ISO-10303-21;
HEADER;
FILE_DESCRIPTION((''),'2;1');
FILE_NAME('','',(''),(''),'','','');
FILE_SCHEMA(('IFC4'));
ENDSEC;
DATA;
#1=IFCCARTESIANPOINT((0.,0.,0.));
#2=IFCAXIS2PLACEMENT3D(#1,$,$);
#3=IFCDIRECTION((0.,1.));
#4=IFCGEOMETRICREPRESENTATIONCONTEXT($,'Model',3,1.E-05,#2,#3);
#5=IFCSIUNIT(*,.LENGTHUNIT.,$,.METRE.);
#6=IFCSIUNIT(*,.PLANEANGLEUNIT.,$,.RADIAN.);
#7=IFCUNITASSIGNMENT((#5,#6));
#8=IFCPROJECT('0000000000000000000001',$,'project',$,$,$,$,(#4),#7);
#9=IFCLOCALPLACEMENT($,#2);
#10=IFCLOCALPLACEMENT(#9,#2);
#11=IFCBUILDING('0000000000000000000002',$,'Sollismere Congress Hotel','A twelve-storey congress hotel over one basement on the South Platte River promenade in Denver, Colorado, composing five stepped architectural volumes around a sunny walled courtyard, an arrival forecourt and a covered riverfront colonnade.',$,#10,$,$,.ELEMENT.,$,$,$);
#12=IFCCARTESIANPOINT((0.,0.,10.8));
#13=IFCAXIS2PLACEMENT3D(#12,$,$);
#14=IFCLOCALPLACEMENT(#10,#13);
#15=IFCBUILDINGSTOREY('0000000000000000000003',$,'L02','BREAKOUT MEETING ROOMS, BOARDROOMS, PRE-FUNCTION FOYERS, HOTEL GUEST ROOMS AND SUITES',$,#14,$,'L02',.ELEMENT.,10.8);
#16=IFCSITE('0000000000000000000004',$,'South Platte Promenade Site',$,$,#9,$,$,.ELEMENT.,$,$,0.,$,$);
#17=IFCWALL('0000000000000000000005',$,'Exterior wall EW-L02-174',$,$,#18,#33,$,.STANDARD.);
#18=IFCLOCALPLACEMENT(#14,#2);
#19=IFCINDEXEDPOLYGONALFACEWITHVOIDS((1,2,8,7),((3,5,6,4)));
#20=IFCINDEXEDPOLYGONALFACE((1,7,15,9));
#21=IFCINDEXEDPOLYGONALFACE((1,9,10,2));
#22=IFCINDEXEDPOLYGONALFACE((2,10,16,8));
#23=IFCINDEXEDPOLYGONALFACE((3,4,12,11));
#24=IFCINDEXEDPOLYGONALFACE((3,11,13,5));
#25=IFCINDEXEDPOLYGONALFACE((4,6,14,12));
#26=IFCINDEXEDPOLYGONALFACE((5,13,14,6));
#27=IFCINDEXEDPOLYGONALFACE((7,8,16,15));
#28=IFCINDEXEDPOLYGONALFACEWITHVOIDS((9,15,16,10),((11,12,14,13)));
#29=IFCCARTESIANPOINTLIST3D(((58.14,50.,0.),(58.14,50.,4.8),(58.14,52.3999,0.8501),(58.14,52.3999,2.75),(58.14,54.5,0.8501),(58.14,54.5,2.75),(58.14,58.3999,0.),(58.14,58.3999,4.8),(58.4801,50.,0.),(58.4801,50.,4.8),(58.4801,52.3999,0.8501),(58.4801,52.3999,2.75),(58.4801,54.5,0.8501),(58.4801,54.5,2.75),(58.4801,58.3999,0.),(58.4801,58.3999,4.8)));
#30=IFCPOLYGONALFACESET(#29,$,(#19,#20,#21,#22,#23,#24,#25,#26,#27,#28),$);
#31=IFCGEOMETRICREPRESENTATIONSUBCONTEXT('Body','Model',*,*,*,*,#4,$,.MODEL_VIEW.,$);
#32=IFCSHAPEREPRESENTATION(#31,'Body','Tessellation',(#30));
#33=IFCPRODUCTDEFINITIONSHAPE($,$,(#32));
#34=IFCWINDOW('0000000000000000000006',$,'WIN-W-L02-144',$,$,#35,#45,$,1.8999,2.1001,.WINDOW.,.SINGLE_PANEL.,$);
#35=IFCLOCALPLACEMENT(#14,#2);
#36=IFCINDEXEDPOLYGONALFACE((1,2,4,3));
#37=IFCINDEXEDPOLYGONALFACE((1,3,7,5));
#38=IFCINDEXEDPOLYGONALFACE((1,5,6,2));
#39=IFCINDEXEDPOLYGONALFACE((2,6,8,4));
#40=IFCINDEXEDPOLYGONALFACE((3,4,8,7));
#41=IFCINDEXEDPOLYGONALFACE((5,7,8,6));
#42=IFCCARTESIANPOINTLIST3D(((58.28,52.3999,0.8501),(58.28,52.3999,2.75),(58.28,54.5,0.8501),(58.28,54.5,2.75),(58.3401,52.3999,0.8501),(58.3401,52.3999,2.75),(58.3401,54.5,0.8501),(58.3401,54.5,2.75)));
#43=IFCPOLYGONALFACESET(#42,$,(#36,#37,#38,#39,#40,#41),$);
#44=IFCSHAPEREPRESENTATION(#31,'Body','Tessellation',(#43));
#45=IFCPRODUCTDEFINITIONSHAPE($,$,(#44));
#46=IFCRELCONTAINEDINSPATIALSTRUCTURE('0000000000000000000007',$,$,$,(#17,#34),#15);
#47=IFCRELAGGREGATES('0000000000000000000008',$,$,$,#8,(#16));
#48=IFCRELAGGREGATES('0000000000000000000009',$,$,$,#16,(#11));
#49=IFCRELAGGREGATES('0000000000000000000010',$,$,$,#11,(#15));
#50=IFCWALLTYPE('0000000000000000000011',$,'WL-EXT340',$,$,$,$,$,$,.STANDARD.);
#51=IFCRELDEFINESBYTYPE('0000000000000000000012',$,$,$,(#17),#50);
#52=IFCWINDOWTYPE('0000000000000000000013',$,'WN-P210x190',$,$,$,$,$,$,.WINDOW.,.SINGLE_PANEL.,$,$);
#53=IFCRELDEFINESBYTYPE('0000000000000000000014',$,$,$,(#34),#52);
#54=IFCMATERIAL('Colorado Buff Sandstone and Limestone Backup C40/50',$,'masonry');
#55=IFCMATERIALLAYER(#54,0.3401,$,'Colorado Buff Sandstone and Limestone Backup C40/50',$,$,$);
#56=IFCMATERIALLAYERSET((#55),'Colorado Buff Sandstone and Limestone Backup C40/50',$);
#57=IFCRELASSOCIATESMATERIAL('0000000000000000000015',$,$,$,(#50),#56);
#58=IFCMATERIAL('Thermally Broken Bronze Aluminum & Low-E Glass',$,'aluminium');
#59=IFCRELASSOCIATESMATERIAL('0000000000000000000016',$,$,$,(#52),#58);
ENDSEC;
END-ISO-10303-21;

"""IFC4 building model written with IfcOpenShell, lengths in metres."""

from ifc_helpers import new_model, si_unit, direction, frame, frame_2d, origin, place, context, subcontext, project, spatial, rectangle, extrude, material, layer, layer_set, type_object, element, fill, save


model = new_model("IFC4")

# Units and contexts
model_context = context("Model", 3, precision=1e-05, world=origin(), true_north=direction((0.0, 1.0)))
body_context = subcontext(model_context, "Body", "Model", "MODEL_VIEW")
ifc_project = project(units=[si_unit("LENGTHUNIT", "METRE"), si_unit("PLANEANGLEUNIT", "RADIAN")], contexts=[model_context])

# Site, building, storey
site_placement = place(None, origin())
site = spatial("IfcSite", under=ifc_project, at=site_placement, Name="South Platte Promenade Site", CompositionType="ELEMENT", RefElevation=0.0)
building_placement = place(site_placement, origin())
building = spatial("IfcBuilding", under=site, at=building_placement, Name="Sollismere Congress Hotel", Description="A twelve-storey congress hotel over one basement on the South Platte River promenade in Denver, Colorado, composing five stepped architectural volumes around a sunny walled courtyard, an arrival forecourt and a covered riverfront colonnade.", CompositionType="ELEMENT")
storey_placement = place(building_placement, frame((0.0, 0.0, 10.8)))
storey = spatial("IfcBuildingStorey", under=building, at=storey_placement, Name="L02", Description="BREAKOUT MEETING ROOMS, BOARDROOMS, PRE-FUNCTION FOYERS, HOTEL GUEST ROOMS AND SUITES", LongName="L02", CompositionType="ELEMENT", Elevation=10.8)

# Wall, opening, window
ifc_material_1 = material(Name="Colorado Buff Sandstone and Limestone Backup C40/50", Category="masonry")
ifc_layer_1 = layer(ifc_material_1, 0.3401, Name="Colorado Buff Sandstone and Limestone Backup C40/50")
ifc_layer_set_1 = layer_set([ifc_layer_1], Name="Colorado Buff Sandstone and Limestone Backup C40/50")
wall_type = type_object("IfcWallType", Name="WL-EXT340", PredefinedType="STANDARD", material=ifc_layer_set_1)
ifc_material_2 = material(Name="Thermally Broken Bronze Aluminum & Low-E Glass", Category="aluminium")
window_type = type_object("IfcWindowType", Name="WN-P210x190", PartitioningType="SINGLE_PANEL", PredefinedType="WINDOW", material=ifc_material_2)
wall_1_placement = place(storey_placement, frame((58.3101, 50.0, 0.0), z_axis=(0.0, 0.0, 1.0), x_axis=(0.0, 1.0, 0.0)))
wall_1 = element("IfcWall", 1, at=wall_1_placement, inside=storey, type_object=wall_type, Name="Exterior wall EW-L02-174", PredefinedType="STANDARD", context=body_context, shape_type="SweptSolid", body=[
    extrude(rectangle(XDim=8.3999, YDim=0.3401, at=frame_2d((4.2, 0.0))), origin(), (0.0, 0.0, 1.0), 4.8),
])
opening_1_placement = place(wall_1_placement, frame((2.3999, 0.0, 0.8501)))
opening_1 = element("IfcOpeningElement", 2, at=opening_1_placement, cuts=wall_1, PredefinedType="OPENING", context=body_context, shape_type="SweptSolid", body=[
    extrude(rectangle(XDim=2.1001, YDim=1.8999, at=frame_2d((1.05, 0.95))), frame((0.0, 0.1799, 0.0), z_axis=(0.0, -1.0, 0.0), x_axis=(1.0, 0.0, 0.0)), (0.0, 0.0, 1.0), 0.3601),
])
window_1_placement = place(opening_1_placement, origin())
window_1 = element("IfcWindow", 3, at=window_1_placement, inside=storey, type_object=window_type, Name="WIN-W-L02-144", OverallHeight=1.8999, OverallWidth=2.1001, PartitioningType="SINGLE_PANEL", PredefinedType="WINDOW", context=body_context, shape_type="SweptSolid", body=[
    extrude(rectangle(XDim=2.1001, YDim=1.8999, at=frame_2d((1.05, 0.95))), frame((0.0, 0.03, 0.0), z_axis=(0.0, -1.0, 0.0), x_axis=(1.0, 0.0, 0.0)), (0.0, 0.0, 1.0), 0.0601),
])
fill(opening_1, window_1)

save(model, "model.ifc")
